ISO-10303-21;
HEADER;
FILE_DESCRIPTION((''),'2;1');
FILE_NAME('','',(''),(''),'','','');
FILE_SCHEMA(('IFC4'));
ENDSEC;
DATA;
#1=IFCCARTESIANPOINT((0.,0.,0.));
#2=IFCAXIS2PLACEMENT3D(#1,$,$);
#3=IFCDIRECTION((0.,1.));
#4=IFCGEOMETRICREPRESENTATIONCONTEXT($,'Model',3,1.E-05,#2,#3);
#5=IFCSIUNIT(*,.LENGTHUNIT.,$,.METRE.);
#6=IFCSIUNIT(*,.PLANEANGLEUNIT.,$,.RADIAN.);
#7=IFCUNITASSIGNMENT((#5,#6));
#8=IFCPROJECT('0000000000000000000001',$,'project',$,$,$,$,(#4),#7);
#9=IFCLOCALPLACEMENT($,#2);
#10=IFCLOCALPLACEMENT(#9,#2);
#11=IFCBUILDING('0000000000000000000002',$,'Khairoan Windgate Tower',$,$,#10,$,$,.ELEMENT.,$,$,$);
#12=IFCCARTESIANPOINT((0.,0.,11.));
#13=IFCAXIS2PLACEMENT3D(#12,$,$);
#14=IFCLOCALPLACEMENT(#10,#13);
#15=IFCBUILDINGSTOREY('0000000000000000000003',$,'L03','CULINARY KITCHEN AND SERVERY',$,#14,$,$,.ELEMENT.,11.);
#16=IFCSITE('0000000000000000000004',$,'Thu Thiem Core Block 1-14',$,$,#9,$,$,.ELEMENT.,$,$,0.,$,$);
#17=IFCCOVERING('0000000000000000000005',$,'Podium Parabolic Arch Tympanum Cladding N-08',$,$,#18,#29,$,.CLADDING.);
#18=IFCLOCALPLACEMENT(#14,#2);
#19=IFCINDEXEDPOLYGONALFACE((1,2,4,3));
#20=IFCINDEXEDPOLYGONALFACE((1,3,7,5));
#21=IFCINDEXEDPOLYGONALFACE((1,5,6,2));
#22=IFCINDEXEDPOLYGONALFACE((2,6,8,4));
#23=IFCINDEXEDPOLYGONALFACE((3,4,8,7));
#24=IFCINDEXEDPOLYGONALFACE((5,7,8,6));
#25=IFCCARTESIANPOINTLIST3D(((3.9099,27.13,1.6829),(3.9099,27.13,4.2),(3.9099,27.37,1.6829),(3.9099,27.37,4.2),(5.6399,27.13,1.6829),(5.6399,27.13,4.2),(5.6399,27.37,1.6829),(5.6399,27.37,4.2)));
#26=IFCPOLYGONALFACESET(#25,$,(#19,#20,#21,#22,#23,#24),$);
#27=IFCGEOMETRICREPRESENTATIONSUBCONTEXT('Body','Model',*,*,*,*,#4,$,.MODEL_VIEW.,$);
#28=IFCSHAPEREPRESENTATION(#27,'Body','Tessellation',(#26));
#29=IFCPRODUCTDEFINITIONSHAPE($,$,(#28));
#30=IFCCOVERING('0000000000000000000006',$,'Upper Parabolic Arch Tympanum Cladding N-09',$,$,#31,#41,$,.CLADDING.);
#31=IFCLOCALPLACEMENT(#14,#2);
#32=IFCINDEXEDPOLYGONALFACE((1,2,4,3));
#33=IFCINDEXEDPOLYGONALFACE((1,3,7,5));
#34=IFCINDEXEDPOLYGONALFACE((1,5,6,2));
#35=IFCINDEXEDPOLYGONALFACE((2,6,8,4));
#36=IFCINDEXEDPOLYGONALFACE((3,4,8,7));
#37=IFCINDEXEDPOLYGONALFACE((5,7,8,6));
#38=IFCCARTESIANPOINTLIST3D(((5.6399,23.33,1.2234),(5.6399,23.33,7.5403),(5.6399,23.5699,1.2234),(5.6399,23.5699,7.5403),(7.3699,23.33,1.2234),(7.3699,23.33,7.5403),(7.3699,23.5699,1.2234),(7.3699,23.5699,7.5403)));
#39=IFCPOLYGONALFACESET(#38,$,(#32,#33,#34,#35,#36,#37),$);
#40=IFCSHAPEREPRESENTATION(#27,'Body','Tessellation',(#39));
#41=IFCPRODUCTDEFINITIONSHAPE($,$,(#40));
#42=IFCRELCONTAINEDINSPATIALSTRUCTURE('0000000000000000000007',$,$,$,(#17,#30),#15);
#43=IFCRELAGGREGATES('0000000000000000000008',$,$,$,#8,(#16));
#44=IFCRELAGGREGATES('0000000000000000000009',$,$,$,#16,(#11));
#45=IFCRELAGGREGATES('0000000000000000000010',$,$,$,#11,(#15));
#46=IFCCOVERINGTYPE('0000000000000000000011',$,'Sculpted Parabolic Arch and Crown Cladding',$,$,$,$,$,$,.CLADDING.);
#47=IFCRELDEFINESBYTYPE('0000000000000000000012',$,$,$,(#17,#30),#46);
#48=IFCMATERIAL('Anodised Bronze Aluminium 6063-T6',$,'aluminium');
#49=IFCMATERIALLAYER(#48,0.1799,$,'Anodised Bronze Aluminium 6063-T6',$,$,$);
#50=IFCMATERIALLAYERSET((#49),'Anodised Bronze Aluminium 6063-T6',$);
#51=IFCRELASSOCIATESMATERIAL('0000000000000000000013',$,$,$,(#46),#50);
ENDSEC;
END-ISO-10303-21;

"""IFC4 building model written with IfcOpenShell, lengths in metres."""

from ifc_helpers import new_model, si_unit, direction, frame, origin, origin_2d, place, context, subcontext, project, spatial, rectangle, extrude, material, layer, layer_set, type_object, element, save


model = new_model("IFC4")

# Units and contexts
model_context = context("Model", 3, precision=1e-05, world=origin(), true_north=direction((0.0, 1.0)))
body_context = subcontext(model_context, "Body", "Model", "MODEL_VIEW")
ifc_project = project(units=[si_unit("LENGTHUNIT", "METRE"), si_unit("PLANEANGLEUNIT", "RADIAN")], contexts=[model_context])

# Site, building, storey
site_placement = place(None, origin())
site = spatial("IfcSite", under=ifc_project, at=site_placement, Name="Thu Thiem Core Block 1-14", CompositionType="ELEMENT", RefElevation=0.0)
building_placement = place(site_placement, origin())
building = spatial("IfcBuilding", under=site, at=building_placement, Name="Khairoan Windgate Tower", CompositionType="ELEMENT")
storey_placement = place(building_placement, frame((0.0, 0.0, 11.0)))
storey = spatial("IfcBuildingStorey", under=building, at=storey_placement, Name="L03", Description="CULINARY KITCHEN AND SERVERY", CompositionType="ELEMENT", Elevation=11.0)

# Coverings
ifc_material_1 = material(Name="Anodised Bronze Aluminium 6063-T6", Category="aluminium")
ifc_layer_1 = layer(ifc_material_1, 0.1799, Name="Anodised Bronze Aluminium 6063-T6")
ifc_layer_set_1 = layer_set([ifc_layer_1], Name="Anodised Bronze Aluminium 6063-T6")
covering_type = type_object("IfcCoveringType", Name="Sculpted Parabolic Arch and Crown Cladding", PredefinedType="CLADDING", material=ifc_layer_set_1)
covering_1_placement = place(storey_placement, frame((4.7749, 27.25, 1.6829), z_axis=(0.0, 0.0, 1.0), x_axis=(1.0, 0.0, 0.0)))
element("IfcCovering", 1, at=covering_1_placement, inside=storey, type_object=covering_type, Name="Podium Parabolic Arch Tympanum Cladding N-08", PredefinedType="CLADDING", context=body_context, shape_type="SweptSolid", body=[
    extrude(rectangle(XDim=1.73, YDim=0.24, at=origin_2d()), origin(), (0.0, 0.0, 1.0), 2.5171),
])
covering_2_placement = place(storey_placement, frame((6.5049, 23.45, 1.2234), z_axis=(0.0, 0.0, 1.0), x_axis=(1.0, 0.0, 0.0)))
element("IfcCovering", 2, at=covering_2_placement, inside=storey, type_object=covering_type, Name="Upper Parabolic Arch Tympanum Cladding N-09", PredefinedType="CLADDING", context=body_context, shape_type="SweptSolid", body=[
    extrude(rectangle(XDim=1.73, YDim=0.24, at=origin_2d()), origin(), (0.0, 0.0, 1.0), 6.3169),
])

save(model, "model.ifc")
